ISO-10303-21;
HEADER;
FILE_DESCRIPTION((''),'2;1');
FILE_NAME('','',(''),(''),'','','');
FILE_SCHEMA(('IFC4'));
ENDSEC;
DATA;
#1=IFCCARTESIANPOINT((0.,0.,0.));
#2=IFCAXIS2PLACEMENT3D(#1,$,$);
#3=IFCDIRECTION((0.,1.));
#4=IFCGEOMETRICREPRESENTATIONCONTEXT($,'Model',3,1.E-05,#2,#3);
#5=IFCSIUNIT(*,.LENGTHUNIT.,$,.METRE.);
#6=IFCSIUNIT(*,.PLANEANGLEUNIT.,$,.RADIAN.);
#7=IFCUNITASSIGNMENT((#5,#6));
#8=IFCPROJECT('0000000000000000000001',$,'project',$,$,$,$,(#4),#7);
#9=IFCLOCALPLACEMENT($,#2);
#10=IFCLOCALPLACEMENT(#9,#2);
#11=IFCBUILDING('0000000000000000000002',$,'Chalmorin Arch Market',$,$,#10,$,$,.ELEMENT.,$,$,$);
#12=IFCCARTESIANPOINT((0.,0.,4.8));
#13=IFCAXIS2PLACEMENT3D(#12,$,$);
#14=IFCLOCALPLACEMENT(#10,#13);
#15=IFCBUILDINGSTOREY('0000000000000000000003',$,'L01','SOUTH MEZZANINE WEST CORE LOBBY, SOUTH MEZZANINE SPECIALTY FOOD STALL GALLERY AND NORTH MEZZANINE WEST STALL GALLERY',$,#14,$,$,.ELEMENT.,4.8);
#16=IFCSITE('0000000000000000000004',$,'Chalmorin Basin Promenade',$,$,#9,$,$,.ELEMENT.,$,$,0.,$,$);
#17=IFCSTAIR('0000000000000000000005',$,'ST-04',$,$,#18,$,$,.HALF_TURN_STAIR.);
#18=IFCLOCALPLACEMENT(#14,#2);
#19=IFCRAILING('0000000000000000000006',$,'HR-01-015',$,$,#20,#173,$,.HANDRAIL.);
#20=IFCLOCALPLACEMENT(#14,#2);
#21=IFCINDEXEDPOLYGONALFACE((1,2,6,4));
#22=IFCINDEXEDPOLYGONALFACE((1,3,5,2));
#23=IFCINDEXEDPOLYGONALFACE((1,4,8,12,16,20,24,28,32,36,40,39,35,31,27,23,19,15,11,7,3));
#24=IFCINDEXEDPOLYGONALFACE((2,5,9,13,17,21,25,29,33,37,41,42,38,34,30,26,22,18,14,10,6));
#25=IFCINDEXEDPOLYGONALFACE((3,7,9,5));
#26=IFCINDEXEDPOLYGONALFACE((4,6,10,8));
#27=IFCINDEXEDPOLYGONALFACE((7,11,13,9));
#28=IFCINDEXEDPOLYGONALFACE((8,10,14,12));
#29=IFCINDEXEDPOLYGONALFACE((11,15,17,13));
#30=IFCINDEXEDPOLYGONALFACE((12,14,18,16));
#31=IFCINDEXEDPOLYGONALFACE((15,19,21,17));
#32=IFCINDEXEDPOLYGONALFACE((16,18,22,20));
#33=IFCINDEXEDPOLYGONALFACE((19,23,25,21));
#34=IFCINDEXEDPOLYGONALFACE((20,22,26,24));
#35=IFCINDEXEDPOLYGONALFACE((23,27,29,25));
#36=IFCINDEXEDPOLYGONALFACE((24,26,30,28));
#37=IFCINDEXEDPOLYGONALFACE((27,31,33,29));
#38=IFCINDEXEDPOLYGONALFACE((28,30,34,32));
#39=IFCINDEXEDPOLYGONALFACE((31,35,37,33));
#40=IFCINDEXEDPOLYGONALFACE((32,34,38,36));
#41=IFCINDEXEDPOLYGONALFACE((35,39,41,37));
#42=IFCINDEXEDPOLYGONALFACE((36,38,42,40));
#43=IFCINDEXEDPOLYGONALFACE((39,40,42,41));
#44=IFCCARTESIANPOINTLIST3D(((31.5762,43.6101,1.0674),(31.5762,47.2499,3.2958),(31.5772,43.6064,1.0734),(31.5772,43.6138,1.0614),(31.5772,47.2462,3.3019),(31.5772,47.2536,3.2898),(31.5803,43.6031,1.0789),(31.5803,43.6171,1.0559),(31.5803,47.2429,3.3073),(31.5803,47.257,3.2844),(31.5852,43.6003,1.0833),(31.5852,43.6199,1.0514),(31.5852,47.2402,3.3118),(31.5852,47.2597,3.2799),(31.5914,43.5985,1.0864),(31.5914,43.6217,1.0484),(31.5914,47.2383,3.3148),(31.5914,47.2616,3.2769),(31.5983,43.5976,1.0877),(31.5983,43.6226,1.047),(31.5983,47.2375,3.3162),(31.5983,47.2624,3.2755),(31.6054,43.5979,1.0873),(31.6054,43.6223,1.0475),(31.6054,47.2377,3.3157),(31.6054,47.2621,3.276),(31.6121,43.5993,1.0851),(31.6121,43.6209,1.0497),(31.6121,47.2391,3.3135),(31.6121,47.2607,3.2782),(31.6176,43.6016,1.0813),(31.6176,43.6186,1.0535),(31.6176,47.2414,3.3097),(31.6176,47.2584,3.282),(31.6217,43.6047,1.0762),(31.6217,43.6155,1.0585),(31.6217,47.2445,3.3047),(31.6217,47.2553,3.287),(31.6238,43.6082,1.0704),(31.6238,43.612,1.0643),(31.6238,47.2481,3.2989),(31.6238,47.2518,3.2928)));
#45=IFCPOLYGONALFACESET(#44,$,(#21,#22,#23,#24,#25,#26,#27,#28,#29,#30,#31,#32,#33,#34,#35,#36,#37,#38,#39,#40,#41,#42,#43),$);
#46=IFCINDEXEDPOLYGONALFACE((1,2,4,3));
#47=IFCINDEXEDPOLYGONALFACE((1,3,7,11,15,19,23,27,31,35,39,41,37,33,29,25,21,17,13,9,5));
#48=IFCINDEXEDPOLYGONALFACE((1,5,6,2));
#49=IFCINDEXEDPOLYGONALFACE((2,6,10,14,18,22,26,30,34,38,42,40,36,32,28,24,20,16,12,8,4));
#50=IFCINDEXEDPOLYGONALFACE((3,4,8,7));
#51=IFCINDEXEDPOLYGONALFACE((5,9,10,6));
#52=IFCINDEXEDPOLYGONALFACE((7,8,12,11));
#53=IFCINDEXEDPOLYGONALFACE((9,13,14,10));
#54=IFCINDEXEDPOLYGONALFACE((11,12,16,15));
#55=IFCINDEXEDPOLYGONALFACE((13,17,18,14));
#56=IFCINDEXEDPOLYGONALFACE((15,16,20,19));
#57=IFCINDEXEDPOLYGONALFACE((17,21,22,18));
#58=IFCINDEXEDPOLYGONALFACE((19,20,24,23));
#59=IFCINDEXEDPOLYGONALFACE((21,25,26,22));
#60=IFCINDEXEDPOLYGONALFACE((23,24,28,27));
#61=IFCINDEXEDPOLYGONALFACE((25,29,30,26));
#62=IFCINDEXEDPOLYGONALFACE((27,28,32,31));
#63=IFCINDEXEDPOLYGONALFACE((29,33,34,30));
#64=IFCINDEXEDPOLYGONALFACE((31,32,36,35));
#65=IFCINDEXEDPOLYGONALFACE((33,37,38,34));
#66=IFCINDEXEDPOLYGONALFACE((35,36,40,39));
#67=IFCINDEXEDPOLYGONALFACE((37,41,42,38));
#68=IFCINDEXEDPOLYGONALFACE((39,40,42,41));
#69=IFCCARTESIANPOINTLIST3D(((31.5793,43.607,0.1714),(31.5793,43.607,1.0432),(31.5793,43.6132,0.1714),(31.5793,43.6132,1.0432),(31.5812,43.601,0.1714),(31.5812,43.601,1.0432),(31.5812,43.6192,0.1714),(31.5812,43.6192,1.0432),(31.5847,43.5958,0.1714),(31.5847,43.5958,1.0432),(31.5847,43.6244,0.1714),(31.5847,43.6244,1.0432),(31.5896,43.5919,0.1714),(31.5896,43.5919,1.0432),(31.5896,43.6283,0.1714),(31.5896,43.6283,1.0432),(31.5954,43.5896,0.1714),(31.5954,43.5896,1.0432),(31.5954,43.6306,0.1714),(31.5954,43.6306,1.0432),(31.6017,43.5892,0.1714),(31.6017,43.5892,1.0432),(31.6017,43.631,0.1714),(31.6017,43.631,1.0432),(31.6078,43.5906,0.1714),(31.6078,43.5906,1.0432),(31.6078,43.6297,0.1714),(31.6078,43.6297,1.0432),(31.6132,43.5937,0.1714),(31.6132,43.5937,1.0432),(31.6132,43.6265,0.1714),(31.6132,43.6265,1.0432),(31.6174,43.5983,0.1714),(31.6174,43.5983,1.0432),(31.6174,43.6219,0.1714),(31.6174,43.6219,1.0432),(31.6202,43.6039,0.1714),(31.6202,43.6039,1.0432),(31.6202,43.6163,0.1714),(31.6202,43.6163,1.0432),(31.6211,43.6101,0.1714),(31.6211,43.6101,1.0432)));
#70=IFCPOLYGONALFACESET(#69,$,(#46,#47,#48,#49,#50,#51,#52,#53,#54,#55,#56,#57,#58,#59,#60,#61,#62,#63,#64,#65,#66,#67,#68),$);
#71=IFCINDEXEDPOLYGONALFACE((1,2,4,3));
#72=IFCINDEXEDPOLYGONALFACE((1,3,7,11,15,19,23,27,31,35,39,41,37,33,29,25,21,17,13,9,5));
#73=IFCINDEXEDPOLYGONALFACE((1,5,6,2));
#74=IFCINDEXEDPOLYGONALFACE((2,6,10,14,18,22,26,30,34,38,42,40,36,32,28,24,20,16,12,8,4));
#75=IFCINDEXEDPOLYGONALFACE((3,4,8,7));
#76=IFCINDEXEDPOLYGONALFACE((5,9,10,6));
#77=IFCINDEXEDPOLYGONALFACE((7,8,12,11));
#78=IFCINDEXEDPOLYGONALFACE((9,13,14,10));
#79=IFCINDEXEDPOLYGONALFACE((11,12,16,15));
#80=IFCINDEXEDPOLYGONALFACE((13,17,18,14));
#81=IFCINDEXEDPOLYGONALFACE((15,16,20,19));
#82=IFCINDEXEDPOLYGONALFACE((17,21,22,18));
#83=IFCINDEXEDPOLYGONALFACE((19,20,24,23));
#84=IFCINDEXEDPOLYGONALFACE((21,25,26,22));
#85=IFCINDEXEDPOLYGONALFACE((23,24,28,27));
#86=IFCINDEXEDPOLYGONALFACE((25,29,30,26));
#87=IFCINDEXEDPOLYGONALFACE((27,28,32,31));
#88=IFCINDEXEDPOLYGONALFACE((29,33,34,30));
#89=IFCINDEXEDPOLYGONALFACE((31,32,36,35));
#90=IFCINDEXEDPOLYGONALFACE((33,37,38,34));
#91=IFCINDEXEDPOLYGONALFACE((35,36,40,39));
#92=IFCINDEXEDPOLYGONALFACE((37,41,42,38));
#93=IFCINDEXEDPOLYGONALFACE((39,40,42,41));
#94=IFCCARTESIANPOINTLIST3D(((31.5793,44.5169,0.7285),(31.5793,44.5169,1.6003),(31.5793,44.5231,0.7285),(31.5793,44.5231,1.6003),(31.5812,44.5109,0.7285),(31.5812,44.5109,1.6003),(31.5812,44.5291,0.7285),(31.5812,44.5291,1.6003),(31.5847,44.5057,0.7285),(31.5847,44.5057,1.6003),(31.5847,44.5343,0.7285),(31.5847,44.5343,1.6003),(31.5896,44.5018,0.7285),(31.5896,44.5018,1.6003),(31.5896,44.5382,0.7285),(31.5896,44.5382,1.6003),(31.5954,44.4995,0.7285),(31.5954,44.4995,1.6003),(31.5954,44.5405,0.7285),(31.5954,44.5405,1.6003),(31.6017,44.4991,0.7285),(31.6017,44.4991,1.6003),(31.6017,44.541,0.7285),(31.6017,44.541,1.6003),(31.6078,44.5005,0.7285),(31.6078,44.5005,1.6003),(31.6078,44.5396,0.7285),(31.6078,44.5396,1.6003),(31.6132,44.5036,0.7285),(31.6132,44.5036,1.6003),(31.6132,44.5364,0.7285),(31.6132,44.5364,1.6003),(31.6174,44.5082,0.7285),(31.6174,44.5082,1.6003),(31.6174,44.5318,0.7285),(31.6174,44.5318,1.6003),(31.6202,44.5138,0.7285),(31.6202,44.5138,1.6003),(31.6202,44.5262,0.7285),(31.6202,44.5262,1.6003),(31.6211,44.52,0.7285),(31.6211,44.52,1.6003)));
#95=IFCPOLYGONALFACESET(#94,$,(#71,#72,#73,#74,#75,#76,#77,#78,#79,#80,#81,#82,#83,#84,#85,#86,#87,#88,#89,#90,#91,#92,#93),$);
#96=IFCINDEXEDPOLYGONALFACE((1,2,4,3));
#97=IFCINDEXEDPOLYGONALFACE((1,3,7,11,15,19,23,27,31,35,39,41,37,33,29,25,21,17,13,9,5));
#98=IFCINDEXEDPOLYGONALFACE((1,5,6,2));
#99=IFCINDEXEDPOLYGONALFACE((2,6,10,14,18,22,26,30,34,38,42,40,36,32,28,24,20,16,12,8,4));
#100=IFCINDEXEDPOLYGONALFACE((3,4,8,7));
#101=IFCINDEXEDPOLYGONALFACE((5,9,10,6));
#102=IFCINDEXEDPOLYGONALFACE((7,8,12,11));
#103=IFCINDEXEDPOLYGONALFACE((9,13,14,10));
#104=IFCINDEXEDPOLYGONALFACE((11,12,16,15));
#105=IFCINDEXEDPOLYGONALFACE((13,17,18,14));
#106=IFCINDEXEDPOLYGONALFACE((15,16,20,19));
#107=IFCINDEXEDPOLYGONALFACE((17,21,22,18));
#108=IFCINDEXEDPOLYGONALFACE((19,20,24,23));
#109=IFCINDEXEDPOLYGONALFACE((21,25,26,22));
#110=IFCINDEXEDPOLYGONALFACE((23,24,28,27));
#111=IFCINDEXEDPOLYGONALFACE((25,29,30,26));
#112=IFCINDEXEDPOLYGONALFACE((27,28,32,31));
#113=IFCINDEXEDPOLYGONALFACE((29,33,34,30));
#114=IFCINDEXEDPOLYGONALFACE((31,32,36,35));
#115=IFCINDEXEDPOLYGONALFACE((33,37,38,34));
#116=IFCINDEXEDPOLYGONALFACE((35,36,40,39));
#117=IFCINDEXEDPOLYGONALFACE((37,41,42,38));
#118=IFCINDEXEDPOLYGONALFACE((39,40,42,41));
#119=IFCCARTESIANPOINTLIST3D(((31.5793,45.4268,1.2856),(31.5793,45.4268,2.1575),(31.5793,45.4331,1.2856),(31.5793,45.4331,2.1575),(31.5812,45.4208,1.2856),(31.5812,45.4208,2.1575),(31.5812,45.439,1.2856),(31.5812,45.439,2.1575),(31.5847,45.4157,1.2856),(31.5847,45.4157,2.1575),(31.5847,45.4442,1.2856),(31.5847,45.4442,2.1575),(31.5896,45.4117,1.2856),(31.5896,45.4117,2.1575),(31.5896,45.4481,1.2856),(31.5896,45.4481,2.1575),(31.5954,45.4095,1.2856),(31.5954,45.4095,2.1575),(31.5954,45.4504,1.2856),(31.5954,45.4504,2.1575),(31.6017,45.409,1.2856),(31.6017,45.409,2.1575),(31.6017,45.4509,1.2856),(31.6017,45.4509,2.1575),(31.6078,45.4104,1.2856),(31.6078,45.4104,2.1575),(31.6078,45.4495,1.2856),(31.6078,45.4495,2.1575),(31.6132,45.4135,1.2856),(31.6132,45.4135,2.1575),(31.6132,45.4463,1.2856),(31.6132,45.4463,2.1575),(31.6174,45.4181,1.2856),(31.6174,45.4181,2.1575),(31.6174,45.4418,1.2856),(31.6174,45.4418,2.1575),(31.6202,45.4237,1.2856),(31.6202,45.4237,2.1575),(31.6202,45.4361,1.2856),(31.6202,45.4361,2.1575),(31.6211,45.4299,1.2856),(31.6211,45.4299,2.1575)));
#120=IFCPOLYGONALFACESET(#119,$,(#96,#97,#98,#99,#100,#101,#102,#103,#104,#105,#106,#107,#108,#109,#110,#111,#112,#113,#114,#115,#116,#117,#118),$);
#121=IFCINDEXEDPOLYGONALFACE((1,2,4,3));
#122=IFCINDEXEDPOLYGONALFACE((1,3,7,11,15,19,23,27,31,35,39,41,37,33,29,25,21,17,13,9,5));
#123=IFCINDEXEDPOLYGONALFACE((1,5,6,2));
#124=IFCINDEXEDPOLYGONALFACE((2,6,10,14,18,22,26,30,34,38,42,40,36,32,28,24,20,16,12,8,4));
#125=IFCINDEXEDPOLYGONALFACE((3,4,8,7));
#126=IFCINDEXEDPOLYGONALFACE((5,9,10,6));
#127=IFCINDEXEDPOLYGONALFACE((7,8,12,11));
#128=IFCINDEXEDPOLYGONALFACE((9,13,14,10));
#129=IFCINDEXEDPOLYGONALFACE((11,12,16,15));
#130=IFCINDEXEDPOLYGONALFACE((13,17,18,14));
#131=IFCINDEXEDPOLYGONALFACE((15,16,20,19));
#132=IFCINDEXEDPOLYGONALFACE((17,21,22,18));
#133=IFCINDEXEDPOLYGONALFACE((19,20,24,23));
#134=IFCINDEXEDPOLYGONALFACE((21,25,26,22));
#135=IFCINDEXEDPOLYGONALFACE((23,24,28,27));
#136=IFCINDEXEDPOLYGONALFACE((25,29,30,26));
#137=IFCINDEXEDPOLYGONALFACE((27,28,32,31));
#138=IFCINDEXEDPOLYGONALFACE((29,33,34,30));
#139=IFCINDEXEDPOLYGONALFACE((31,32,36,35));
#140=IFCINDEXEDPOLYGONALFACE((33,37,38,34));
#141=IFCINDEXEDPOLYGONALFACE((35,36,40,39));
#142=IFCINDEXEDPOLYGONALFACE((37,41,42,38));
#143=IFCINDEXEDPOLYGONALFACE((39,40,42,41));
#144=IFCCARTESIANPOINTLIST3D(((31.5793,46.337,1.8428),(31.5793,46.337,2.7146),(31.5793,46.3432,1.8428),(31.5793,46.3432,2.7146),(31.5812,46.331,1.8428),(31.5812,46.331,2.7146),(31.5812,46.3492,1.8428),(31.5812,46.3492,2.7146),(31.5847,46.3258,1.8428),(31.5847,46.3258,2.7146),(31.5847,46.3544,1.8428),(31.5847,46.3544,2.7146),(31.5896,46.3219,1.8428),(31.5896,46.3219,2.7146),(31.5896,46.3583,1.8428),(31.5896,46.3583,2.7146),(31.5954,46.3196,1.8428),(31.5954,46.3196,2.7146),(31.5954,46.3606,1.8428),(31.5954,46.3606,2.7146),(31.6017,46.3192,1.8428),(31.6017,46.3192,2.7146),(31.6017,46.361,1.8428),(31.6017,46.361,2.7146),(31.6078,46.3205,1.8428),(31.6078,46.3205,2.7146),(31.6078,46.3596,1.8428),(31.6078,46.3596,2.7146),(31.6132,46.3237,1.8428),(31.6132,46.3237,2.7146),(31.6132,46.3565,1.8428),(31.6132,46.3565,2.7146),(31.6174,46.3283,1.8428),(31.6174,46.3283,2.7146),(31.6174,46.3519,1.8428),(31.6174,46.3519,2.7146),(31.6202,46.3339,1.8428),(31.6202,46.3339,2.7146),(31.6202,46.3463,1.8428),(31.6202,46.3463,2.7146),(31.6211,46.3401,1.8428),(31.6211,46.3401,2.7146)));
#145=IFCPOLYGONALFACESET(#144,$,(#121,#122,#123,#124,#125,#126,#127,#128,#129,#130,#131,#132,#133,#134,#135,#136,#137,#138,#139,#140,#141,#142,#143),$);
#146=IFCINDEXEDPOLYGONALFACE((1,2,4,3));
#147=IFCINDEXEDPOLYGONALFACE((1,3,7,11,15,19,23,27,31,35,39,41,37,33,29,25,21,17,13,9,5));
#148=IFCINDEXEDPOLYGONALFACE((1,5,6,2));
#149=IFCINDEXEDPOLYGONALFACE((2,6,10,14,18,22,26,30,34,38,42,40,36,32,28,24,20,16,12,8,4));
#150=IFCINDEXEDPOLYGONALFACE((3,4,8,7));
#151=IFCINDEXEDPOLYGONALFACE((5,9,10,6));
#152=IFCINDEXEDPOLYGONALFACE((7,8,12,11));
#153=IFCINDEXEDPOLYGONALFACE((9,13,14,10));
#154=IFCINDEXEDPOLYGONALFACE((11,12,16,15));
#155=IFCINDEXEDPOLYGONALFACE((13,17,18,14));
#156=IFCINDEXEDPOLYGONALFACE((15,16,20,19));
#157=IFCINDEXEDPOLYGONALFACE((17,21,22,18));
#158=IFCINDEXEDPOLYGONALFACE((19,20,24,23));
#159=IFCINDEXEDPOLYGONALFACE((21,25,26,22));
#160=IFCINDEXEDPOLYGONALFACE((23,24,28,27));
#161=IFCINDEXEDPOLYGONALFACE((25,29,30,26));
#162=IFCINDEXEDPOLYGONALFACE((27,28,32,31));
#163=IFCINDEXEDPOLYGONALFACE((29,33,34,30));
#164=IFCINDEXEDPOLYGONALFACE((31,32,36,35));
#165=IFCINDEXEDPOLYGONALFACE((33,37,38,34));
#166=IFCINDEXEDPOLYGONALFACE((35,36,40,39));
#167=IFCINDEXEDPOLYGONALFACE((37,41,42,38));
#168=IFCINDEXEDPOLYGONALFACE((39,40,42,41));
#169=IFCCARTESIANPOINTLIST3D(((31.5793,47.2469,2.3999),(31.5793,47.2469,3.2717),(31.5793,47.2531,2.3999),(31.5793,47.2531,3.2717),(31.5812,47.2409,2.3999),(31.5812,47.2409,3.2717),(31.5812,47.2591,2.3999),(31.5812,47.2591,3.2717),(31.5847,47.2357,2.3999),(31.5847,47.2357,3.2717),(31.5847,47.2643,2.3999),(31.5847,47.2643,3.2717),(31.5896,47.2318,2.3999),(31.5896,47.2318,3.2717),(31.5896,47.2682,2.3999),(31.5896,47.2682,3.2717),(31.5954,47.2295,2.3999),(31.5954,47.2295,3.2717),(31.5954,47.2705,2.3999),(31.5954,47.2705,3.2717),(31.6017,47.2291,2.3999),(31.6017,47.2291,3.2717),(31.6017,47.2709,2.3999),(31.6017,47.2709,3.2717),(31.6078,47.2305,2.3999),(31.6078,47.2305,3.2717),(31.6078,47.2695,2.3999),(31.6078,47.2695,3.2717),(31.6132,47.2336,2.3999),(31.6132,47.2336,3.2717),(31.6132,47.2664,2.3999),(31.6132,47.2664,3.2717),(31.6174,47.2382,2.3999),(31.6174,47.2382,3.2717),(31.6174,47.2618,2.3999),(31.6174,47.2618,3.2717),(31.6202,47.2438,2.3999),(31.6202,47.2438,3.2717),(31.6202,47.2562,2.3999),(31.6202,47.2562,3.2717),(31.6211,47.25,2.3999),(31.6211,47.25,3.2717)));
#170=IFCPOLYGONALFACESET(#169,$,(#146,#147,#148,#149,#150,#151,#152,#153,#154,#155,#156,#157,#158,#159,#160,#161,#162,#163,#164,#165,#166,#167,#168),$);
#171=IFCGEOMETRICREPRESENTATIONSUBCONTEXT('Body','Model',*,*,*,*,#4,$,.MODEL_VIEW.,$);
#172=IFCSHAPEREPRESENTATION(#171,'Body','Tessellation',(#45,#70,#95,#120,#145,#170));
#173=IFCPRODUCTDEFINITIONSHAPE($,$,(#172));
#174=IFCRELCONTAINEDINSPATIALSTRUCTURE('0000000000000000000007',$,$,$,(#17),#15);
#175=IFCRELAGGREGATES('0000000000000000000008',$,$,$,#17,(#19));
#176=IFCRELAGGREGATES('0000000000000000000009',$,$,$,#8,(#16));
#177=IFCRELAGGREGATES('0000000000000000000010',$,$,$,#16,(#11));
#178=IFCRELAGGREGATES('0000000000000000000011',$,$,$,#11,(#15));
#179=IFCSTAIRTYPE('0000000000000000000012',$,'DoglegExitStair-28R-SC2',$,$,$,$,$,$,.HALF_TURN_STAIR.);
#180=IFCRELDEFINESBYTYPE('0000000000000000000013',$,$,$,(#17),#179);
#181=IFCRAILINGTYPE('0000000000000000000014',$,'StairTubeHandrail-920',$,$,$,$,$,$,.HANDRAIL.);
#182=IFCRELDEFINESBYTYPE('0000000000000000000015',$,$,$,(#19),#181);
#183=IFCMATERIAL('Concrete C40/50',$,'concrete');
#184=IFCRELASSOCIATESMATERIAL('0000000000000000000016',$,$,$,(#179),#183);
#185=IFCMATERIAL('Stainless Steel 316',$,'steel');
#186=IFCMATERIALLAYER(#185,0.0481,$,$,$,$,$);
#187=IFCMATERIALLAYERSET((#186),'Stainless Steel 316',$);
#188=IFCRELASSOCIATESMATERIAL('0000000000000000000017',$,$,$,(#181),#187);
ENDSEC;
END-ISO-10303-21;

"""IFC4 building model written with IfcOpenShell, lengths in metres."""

from ifc_helpers import new_model, si_unit, direction, frame, origin, origin_2d, place, context, subcontext, project, spatial, circle, extrude, material, layer, layer_set, type_object, element, aggregate, save


model = new_model("IFC4")

# Units and contexts
model_context = context("Model", 3, precision=1e-05, world=origin(), true_north=direction((0.0, 1.0)))
body_context = subcontext(model_context, "Body", "Model", "MODEL_VIEW")
ifc_project = project(units=[si_unit("LENGTHUNIT", "METRE"), si_unit("PLANEANGLEUNIT", "RADIAN")], contexts=[model_context])

# Site, building, storey
site_placement = place(None, origin())
site = spatial("IfcSite", under=ifc_project, at=site_placement, Name="Chalmorin Basin Promenade", CompositionType="ELEMENT", RefElevation=0.0)
building_placement = place(site_placement, origin())
building = spatial("IfcBuilding", under=site, at=building_placement, Name="Chalmorin Arch Market", CompositionType="ELEMENT")
storey_placement = place(building_placement, frame((0.0, 0.0, 4.8)))
storey = spatial("IfcBuildingStorey", under=building, at=storey_placement, Name="L01", Description="SOUTH MEZZANINE WEST CORE LOBBY, SOUTH MEZZANINE SPECIALTY FOOD STALL GALLERY AND NORTH MEZZANINE WEST STALL GALLERY", CompositionType="ELEMENT", Elevation=4.8)

# Shared definitions
ifc_material_1 = material(Name="Concrete C40/50", Category="concrete")

# Stair, railing
stair_type = type_object("IfcStairType", Name="DoglegExitStair-28R-SC2", PredefinedType="HALF_TURN_STAIR", material=ifc_material_1)
stair_placement = place(storey_placement, origin())
stair = element("IfcStair", 1, at=stair_placement, inside=storey, type_object=stair_type, Name="ST-04", PredefinedType="HALF_TURN_STAIR")
ifc_material_2 = material(Name="Stainless Steel 316", Category="steel")
ifc_layer_1 = layer(ifc_material_2, 0.0481)
ifc_layer_set_1 = layer_set([ifc_layer_1], Name="Stainless Steel 316")
railing_type = type_object("IfcRailingType", Name="StairTubeHandrail-920", PredefinedType="HANDRAIL", material=ifc_layer_set_1)
railing_placement = place(storey_placement, frame((31.6001, 43.6101, 0.1714)))
railing = element("IfcRailing", 2, at=railing_placement, type_object=railing_type, Name="HR-01-015", PredefinedType="HANDRAIL", context=body_context, shape_type="SweptSolid", body=[
    extrude(circle(Radius=0.0239, at=origin_2d()), frame((0.0, 0.0, 0.896), z_axis=(0.0, 0.85285, 0.522156), x_axis=(-1.0, 0.0, 0.0)), (0.0, 0.0, 1.0), 4.2678),
    extrude(circle(Radius=0.021, at=origin_2d()), origin(), (0.0, 0.0, 1.0), 0.8718),
    extrude(circle(Radius=0.021, at=origin_2d()), frame((0.0, 0.9099, 0.5571)), (0.0, 0.0, 1.0), 0.8718),
    extrude(circle(Radius=0.021, at=origin_2d()), frame((0.0, 1.8198, 1.1143)), (0.0, 0.0, 1.0), 0.8718),
    extrude(circle(Radius=0.021, at=origin_2d()), frame((0.0, 2.73, 1.6714)), (0.0, 0.0, 1.0), 0.8718),
    extrude(circle(Radius=0.021, at=origin_2d()), frame((0.0, 3.6399, 2.2285)), (0.0, 0.0, 1.0), 0.8718),
])
aggregate(stair, [railing])

save(model, "model.ifc")
